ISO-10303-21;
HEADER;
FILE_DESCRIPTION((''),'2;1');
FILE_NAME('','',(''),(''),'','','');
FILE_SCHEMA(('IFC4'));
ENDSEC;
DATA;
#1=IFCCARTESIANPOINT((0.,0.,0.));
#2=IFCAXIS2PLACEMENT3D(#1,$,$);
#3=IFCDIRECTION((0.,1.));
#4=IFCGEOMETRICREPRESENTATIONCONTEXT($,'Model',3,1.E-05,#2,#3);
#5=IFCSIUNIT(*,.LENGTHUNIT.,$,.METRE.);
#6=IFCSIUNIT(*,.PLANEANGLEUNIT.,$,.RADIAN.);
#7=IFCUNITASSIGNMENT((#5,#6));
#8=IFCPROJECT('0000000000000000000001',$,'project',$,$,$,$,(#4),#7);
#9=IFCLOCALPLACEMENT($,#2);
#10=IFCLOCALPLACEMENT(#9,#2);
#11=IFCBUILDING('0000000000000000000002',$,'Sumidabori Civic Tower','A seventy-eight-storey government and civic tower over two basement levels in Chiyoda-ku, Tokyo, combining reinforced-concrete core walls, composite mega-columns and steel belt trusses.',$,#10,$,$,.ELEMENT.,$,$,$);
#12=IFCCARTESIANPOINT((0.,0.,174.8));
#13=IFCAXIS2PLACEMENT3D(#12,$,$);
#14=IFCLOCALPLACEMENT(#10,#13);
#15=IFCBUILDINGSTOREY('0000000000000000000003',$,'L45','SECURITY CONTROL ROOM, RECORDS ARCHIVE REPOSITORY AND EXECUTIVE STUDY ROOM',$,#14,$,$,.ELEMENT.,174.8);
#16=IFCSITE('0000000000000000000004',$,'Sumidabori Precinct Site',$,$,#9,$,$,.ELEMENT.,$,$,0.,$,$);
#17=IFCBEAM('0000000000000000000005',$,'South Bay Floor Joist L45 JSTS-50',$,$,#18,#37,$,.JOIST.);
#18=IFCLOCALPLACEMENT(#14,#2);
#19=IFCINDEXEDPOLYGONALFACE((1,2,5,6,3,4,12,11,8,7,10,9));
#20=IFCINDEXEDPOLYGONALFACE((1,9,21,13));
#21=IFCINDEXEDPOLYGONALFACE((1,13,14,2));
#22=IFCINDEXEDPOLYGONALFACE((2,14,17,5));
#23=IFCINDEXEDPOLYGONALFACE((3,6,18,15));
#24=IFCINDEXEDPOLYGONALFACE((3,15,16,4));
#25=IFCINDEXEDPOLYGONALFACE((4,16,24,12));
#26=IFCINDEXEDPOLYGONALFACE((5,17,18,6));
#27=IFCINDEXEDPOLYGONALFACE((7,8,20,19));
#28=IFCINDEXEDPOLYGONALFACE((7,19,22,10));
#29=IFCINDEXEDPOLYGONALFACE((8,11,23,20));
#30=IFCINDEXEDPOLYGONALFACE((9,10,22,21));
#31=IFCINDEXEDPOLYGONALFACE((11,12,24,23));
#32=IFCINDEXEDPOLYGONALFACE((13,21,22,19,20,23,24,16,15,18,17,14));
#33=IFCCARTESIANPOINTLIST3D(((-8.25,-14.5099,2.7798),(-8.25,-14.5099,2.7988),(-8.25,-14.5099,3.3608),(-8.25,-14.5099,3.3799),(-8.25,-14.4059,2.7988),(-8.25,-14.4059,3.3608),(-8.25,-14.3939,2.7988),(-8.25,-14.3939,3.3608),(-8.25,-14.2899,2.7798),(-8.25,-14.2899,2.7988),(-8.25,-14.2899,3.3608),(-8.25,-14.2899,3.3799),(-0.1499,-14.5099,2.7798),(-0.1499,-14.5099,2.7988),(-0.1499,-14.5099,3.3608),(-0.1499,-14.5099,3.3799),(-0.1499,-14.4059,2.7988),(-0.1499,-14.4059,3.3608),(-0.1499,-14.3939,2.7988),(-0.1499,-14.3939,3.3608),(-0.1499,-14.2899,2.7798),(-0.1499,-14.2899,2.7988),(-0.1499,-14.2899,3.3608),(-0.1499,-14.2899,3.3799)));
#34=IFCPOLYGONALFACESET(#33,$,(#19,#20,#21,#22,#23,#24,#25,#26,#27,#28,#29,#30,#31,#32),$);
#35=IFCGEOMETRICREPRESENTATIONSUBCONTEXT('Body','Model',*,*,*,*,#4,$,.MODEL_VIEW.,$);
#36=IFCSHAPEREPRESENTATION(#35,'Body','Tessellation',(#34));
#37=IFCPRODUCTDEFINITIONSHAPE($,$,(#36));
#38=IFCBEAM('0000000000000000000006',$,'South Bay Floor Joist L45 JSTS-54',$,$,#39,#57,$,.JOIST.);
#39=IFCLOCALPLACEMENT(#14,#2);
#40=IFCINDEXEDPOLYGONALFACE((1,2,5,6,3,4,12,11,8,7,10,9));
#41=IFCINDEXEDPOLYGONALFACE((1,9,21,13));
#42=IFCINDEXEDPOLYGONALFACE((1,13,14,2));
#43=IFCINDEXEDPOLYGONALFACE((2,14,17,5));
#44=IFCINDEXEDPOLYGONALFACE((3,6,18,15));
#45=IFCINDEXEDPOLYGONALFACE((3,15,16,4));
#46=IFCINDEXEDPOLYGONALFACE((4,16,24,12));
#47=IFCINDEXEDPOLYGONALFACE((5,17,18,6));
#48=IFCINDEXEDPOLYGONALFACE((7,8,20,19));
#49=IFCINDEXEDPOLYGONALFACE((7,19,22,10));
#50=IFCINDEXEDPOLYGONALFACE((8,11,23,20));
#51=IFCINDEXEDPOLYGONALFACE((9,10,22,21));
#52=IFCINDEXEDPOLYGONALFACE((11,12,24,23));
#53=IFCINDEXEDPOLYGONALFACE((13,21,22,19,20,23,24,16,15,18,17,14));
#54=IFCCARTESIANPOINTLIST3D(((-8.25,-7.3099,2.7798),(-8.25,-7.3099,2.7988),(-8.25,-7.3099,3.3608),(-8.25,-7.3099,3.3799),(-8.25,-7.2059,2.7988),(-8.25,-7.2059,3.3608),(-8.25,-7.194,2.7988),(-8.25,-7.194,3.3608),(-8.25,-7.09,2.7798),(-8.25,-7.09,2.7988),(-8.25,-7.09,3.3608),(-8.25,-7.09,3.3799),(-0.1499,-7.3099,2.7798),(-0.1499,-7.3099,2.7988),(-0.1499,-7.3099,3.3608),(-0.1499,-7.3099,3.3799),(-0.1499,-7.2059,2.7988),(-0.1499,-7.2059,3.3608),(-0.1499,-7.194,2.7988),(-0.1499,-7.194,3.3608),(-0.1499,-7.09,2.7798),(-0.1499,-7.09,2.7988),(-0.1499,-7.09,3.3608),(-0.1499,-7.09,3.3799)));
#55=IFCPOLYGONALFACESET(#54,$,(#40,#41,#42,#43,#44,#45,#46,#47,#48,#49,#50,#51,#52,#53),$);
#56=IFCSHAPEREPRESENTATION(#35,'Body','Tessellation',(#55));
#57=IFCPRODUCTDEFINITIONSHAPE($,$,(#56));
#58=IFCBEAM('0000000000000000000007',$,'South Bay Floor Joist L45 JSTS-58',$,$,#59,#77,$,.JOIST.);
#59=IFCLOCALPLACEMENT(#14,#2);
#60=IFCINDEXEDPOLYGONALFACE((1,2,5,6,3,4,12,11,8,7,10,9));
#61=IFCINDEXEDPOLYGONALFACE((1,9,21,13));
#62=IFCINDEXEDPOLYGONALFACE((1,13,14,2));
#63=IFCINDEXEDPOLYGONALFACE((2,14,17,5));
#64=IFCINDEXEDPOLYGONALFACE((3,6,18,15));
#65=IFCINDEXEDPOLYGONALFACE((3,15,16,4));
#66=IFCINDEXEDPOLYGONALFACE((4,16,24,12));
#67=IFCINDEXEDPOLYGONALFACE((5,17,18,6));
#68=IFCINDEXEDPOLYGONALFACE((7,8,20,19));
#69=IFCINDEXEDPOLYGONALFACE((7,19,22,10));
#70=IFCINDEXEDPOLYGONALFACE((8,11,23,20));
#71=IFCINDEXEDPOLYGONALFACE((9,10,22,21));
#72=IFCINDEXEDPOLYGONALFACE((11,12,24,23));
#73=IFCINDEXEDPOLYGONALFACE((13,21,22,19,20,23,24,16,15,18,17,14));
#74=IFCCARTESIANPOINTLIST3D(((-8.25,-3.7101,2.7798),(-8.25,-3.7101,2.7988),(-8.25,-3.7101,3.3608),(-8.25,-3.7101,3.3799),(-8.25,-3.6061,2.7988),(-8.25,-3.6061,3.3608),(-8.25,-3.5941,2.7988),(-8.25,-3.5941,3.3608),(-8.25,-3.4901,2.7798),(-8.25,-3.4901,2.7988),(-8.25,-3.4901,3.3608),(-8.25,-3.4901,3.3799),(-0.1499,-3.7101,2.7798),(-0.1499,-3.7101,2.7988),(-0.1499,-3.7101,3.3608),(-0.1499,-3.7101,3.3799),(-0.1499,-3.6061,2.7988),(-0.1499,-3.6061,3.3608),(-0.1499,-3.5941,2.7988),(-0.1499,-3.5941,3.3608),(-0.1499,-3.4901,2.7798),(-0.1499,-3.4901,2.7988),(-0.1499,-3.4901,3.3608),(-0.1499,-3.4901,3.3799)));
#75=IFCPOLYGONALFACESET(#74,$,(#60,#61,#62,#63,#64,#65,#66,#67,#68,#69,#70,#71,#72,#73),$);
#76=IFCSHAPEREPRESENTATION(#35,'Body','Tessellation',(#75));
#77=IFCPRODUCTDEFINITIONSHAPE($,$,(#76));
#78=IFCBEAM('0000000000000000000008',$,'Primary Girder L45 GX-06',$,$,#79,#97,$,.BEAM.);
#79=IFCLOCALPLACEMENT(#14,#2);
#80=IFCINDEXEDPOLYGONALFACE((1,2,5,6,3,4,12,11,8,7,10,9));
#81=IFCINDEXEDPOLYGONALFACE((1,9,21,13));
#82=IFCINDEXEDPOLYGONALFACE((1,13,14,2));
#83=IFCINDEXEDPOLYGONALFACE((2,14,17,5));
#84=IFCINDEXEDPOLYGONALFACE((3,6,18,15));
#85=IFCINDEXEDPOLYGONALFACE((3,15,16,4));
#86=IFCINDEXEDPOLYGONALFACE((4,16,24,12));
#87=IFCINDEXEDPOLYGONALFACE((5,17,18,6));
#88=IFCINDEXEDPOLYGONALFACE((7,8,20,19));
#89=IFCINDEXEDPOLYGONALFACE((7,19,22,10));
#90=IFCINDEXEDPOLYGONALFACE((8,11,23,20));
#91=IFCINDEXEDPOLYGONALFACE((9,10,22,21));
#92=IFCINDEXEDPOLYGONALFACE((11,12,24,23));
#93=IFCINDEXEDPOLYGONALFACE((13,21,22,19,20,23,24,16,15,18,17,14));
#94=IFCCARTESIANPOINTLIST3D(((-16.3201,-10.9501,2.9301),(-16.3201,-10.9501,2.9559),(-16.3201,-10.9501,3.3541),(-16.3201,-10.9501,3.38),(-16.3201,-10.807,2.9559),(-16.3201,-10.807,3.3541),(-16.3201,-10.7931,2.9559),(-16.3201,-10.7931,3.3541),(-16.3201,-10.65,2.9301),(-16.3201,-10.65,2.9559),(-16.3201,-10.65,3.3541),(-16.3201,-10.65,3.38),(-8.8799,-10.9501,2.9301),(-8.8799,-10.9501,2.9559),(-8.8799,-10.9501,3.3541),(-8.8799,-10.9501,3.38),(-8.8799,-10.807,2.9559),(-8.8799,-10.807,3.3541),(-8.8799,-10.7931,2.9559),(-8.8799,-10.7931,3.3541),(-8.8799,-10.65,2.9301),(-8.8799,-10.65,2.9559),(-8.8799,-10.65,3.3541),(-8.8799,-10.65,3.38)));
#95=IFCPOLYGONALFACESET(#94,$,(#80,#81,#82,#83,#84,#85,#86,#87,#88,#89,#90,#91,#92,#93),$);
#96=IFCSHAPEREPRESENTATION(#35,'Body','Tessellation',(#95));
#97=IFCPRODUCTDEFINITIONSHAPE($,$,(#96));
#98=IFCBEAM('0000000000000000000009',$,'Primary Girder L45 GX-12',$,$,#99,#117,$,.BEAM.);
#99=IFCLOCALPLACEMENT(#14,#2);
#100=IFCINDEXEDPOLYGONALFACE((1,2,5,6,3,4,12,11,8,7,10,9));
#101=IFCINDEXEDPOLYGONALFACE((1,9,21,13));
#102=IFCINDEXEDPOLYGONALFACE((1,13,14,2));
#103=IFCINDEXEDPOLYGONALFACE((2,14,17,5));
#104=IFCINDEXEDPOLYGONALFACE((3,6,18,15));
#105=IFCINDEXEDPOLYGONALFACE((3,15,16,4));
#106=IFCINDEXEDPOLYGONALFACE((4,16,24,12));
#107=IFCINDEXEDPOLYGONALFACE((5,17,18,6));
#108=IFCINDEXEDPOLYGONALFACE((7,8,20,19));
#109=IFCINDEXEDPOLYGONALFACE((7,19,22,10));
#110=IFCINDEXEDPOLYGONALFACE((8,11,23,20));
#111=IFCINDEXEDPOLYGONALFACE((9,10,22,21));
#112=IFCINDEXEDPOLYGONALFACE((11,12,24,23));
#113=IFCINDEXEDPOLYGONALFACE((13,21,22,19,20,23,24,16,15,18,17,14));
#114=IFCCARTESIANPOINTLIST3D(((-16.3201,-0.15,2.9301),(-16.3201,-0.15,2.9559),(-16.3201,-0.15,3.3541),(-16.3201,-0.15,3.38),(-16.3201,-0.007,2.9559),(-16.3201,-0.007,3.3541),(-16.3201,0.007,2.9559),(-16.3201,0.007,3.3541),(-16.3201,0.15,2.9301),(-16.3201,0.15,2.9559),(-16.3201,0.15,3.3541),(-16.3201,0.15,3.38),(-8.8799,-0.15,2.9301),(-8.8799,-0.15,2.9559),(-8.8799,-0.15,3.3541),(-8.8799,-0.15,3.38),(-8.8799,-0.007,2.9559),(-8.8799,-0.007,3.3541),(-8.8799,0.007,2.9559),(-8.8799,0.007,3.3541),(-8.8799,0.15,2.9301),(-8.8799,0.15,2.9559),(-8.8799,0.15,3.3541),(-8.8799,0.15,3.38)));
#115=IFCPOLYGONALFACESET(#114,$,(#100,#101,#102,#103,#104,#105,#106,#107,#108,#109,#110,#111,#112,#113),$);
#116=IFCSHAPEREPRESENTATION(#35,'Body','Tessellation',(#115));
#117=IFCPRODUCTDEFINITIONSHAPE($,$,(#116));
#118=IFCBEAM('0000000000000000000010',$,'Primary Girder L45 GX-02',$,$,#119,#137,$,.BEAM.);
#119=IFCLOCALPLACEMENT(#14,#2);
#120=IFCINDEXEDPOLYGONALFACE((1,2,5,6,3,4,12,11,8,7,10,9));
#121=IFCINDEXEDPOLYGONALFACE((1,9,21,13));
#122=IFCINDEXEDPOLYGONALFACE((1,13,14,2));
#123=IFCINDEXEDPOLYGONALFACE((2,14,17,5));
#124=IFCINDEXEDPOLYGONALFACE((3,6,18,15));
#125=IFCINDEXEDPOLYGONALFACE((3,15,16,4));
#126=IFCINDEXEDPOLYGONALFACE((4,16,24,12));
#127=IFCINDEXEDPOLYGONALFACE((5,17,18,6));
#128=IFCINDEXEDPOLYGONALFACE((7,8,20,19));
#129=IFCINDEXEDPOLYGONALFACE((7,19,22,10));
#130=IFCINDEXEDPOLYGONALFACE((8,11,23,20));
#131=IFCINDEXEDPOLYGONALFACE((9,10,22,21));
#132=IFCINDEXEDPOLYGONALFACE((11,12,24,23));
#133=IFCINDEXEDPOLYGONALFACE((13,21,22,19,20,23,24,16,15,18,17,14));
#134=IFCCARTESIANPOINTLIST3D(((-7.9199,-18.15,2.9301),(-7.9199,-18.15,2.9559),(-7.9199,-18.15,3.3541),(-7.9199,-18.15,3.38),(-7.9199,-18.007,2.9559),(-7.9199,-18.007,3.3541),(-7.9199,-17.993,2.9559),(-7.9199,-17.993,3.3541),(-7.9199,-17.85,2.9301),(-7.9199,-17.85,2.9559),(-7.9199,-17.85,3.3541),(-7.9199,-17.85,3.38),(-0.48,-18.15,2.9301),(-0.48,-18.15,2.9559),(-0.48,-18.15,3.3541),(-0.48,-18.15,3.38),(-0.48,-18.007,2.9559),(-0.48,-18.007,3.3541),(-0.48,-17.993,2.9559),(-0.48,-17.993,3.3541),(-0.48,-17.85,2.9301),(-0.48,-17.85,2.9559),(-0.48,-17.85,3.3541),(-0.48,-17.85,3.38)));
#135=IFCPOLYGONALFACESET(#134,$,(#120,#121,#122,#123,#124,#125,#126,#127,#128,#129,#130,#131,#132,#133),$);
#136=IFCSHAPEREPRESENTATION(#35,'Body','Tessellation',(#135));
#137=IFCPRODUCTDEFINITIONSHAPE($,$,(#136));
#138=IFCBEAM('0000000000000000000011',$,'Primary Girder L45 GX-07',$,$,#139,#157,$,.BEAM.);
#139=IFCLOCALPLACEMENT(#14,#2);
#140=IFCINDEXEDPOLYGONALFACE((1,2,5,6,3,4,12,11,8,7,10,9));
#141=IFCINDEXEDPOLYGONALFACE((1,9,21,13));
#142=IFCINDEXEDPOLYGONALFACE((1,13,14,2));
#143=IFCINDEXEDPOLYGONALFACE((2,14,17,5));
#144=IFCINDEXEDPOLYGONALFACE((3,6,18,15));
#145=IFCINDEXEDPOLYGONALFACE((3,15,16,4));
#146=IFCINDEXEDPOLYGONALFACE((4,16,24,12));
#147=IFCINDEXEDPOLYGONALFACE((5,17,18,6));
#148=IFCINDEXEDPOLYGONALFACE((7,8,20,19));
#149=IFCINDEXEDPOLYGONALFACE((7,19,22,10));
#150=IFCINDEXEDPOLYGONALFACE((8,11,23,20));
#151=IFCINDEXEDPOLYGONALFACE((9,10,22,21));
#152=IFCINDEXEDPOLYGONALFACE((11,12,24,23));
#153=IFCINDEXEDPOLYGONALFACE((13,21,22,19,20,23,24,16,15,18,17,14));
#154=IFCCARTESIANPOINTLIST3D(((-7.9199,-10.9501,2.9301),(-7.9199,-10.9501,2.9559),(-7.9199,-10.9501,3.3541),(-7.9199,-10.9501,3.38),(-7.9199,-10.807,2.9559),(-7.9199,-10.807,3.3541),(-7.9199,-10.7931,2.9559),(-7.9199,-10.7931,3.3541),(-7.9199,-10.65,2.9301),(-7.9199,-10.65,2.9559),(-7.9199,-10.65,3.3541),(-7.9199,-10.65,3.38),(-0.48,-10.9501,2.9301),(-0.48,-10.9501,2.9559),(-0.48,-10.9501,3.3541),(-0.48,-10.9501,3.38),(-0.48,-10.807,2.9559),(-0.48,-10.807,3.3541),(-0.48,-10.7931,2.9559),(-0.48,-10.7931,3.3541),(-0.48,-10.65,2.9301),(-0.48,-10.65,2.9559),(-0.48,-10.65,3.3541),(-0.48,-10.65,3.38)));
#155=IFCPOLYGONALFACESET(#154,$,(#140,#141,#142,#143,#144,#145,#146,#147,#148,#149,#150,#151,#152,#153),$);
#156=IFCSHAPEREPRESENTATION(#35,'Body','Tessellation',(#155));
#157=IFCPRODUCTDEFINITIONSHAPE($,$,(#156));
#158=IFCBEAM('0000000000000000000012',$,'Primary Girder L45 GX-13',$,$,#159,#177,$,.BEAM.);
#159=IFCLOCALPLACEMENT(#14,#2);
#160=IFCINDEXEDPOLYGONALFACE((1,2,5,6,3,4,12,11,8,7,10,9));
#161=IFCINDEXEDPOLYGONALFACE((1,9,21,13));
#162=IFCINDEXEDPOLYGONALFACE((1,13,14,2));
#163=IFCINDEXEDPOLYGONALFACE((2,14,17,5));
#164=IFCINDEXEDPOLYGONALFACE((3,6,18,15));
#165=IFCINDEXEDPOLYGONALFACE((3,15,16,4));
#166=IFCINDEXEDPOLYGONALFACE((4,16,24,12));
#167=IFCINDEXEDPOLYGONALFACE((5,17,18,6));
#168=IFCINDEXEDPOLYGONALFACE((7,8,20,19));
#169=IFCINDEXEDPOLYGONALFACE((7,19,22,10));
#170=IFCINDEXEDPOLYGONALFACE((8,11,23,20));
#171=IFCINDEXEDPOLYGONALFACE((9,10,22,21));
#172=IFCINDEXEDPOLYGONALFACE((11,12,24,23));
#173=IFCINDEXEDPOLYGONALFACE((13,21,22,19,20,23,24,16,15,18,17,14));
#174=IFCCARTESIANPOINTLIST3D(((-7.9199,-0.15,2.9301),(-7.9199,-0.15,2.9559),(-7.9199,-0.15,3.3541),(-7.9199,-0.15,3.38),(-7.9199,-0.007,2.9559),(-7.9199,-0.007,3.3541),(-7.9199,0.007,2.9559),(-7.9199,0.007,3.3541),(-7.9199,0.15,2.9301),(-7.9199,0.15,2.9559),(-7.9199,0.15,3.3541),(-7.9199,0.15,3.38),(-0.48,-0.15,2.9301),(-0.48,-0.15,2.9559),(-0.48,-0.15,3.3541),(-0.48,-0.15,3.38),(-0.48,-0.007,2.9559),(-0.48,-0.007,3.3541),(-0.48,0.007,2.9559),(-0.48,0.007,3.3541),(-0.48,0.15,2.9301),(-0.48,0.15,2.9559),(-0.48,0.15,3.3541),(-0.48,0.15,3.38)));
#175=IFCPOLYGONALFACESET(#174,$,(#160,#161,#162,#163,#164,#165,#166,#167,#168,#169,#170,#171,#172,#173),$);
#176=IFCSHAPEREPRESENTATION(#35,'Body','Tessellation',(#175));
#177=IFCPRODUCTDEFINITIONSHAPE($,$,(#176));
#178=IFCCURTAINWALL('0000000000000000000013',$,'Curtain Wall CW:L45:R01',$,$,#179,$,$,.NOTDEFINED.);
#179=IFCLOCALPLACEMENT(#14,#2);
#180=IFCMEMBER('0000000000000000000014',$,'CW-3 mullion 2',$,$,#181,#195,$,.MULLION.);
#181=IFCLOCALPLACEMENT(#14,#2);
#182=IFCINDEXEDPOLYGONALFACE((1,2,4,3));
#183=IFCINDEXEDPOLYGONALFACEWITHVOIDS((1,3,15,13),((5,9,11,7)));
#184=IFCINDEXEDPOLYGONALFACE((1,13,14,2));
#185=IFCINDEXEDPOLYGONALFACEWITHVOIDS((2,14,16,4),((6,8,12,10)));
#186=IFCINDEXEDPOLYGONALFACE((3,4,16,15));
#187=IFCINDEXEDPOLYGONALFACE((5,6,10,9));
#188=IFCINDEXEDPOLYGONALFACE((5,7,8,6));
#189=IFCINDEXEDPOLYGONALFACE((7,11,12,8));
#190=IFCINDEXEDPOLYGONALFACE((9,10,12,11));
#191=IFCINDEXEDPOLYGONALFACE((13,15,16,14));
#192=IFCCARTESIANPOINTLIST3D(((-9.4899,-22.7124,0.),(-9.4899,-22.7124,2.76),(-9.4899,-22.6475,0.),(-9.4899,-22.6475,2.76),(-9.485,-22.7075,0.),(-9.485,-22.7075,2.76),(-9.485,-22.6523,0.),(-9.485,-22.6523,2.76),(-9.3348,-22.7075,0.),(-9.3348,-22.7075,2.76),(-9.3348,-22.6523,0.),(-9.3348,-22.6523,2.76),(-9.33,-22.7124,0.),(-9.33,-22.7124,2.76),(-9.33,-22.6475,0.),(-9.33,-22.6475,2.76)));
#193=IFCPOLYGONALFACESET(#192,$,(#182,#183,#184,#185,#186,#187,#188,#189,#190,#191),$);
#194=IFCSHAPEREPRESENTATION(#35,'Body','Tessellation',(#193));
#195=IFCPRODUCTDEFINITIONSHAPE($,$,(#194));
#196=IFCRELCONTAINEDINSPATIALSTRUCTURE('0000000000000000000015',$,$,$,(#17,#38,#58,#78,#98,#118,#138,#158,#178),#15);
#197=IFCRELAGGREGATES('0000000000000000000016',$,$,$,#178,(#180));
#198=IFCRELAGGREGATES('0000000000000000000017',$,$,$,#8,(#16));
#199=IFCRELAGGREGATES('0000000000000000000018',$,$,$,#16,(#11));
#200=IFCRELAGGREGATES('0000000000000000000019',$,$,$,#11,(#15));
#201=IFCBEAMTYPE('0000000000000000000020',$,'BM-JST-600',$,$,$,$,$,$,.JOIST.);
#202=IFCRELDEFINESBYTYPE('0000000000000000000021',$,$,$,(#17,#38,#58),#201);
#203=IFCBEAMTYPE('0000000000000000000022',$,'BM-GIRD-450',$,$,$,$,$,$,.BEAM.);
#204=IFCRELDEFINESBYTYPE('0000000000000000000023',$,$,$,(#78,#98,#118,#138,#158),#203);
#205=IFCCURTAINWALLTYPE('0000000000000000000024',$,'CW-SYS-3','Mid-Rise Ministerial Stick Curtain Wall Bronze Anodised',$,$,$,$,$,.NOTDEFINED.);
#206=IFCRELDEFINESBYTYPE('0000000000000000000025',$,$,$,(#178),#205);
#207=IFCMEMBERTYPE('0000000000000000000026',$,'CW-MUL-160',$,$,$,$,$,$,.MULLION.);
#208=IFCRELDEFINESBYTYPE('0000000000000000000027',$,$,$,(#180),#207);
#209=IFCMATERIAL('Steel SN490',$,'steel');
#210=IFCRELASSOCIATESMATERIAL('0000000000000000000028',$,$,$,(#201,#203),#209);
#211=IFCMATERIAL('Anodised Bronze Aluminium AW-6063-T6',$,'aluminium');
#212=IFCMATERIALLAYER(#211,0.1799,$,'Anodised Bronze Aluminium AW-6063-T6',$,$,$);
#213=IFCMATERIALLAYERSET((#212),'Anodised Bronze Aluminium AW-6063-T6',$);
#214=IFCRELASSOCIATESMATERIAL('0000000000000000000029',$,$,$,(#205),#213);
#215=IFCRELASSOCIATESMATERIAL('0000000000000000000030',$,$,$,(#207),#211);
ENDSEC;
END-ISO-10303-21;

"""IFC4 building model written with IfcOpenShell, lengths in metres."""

from ifc_helpers import new_model, si_unit, direction, frame, origin, origin_2d, place, context, subcontext, project, spatial, hollow_rectangle, i_section, extrude, source, transform, mapped, material, layer, layer_set, material_profile, profile_set, type_object, element, aggregate, save


model = new_model("IFC4")

# Units and contexts
model_context = context("Model", 3, precision=1e-05, world=origin(), true_north=direction((0.0, 1.0)))
body_context = subcontext(model_context, "Body", "Model", "MODEL_VIEW")
ifc_project = project(units=[si_unit("LENGTHUNIT", "METRE"), si_unit("PLANEANGLEUNIT", "RADIAN")], contexts=[model_context])

# Site, building, storey
site_placement = place(None, origin())
site = spatial("IfcSite", under=ifc_project, at=site_placement, Name="Sumidabori Precinct Site", CompositionType="ELEMENT", RefElevation=0.0)
building_placement = place(site_placement, origin())
building = spatial("IfcBuilding", under=site, at=building_placement, Name="Sumidabori Civic Tower", Description="A seventy-eight-storey government and civic tower over two basement levels in Chiyoda-ku, Tokyo, combining reinforced-concrete core walls, composite mega-columns and steel belt trusses.", CompositionType="ELEMENT")
storey_placement = place(building_placement, frame((0.0, 0.0, 174.8)))
storey = spatial("IfcBuildingStorey", under=building, at=storey_placement, Name="L45", Description="SECURITY CONTROL ROOM, RECORDS ARCHIVE REPOSITORY AND EXECUTIVE STUDY ROOM", CompositionType="ELEMENT", Elevation=174.8)

# Beams
ifc_material_1 = material(Name="Steel SN490", Category="steel")
ifc_material_profile_1 = material_profile(ifc_material_1, i_section(OverallWidth=0.22, OverallDepth=0.6001, WebThickness=0.012, FlangeThickness=0.019, at=origin_2d()), Name="IPE 600")
ifc_profile_set_1 = profile_set([ifc_material_profile_1], Name="Steel SN490")
beam_type_1 = type_object("IfcBeamType", Name="BM-JST-600", PredefinedType="JOIST", material=ifc_profile_set_1)
shared_shape_1 = source(origin(), body_context, "Body", "SweptSolid", [
    extrude(i_section(OverallWidth=0.22, OverallDepth=0.6001, WebThickness=0.012, FlangeThickness=0.019, at=origin_2d()), origin(), (0.0, 0.0, 1.0), 8.1001),
])
for number, where, z_axis, x_axis, name in (
    (1, (-8.25, -14.3999, 3.0798), (1.0, 0.0, 0.0), (0.0, 1.0, 0.0), "South Bay Floor Joist L45 JSTS-50"),
    (2, (-8.25, -7.2, 3.0798), (1.0, 0.0, 0.0), (0.0, 1.0, 0.0), "South Bay Floor Joist L45 JSTS-54"),
    (3, (-8.25, -3.6001, 3.0798), (1.0, 0.0, 0.0), (0.0, 1.0, 0.0), "South Bay Floor Joist L45 JSTS-58"),
):
    element("IfcBeam", number, at=place(storey_placement, frame(where, z_axis=z_axis, x_axis=x_axis)), inside=storey, type_object=beam_type_1, Name=name, PredefinedType="JOIST", context=body_context, shape_type="MappedRepresentation", body=[
        mapped(shared_shape_1, transform((0.0, 0.0, 0.0), x_axis=(1.0, 0.0, 0.0), y_axis=(0.0, 1.0, 0.0), z_axis=(0.0, 0.0, 1.0), scale=1.0)),
    ])
ifc_material_profile_2 = material_profile(ifc_material_1, i_section(OverallWidth=0.3, OverallDepth=0.45, WebThickness=0.0139, FlangeThickness=0.0259, at=origin_2d()), Name="HE 450 B")
ifc_profile_set_2 = profile_set([ifc_material_profile_2], Name="Steel SN490")
beam_type_2 = type_object("IfcBeamType", Name="BM-GIRD-450", PredefinedType="BEAM", material=ifc_profile_set_2)
shared_shape_2 = source(origin(), body_context, "Body", "SweptSolid", [
    extrude(i_section(OverallWidth=0.3, OverallDepth=0.45, WebThickness=0.0139, FlangeThickness=0.0259, at=origin_2d()), origin(), (0.0, 0.0, 1.0), 7.4402),
])
for number, where, z_axis, x_axis, name in (
    (4, (-16.3201, -10.8, 3.155), (1.0, 0.0, 0.0), (0.0, 1.0, 0.0), "Primary Girder L45 GX-06"),
    (5, (-16.3201, 0.0, 3.155), (1.0, 0.0, 0.0), (0.0, 1.0, 0.0), "Primary Girder L45 GX-12"),
):
    element("IfcBeam", number, at=place(storey_placement, frame(where, z_axis=z_axis, x_axis=x_axis)), inside=storey, type_object=beam_type_2, Name=name, PredefinedType="BEAM", context=body_context, shape_type="MappedRepresentation", body=[
        mapped(shared_shape_2, transform((0.0, 0.0, 0.0), x_axis=(1.0, 0.0, 0.0), y_axis=(0.0, 1.0, 0.0), z_axis=(0.0, 0.0, 1.0), scale=1.0)),
    ])
shared_shape_3 = source(origin(), body_context, "Body", "SweptSolid", [
    extrude(i_section(OverallWidth=0.3, OverallDepth=0.45, WebThickness=0.0139, FlangeThickness=0.0259, at=origin_2d()), origin(), (0.0, 0.0, 1.0), 7.4399),
])
for number, where, z_axis, x_axis, name in (
    (6, (-7.9199, -18.0, 3.155), (1.0, 0.0, 0.0), (0.0, 1.0, 0.0), "Primary Girder L45 GX-02"),
    (7, (-7.9199, -10.8, 3.155), (1.0, 0.0, 0.0), (0.0, 1.0, 0.0), "Primary Girder L45 GX-07"),
    (8, (-7.9199, 0.0, 3.155), (1.0, 0.0, 0.0), (0.0, 1.0, 0.0), "Primary Girder L45 GX-13"),
):
    element("IfcBeam", number, at=place(storey_placement, frame(where, z_axis=z_axis, x_axis=x_axis)), inside=storey, type_object=beam_type_2, Name=name, PredefinedType="BEAM", context=body_context, shape_type="MappedRepresentation", body=[
        mapped(shared_shape_3, transform((0.0, 0.0, 0.0), x_axis=(1.0, 0.0, 0.0), y_axis=(0.0, 1.0, 0.0), z_axis=(0.0, 0.0, 1.0), scale=1.0)),
    ])

# Curtain wall, member
ifc_material_2 = material(Name="Anodised Bronze Aluminium AW-6063-T6", Category="aluminium")
ifc_layer_1 = layer(ifc_material_2, 0.1799, Name="Anodised Bronze Aluminium AW-6063-T6")
ifc_layer_set_1 = layer_set([ifc_layer_1], Name="Anodised Bronze Aluminium AW-6063-T6")
curtain_wall_type = type_object("IfcCurtainWallType", Name="CW-SYS-3", Description="Mid-Rise Ministerial Stick Curtain Wall Bronze Anodised", PredefinedType="NOTDEFINED", material=ifc_layer_set_1)
curtain_wall_placement = place(storey_placement, origin())
curtain_wall = element("IfcCurtainWall", 9, at=curtain_wall_placement, inside=storey, type_object=curtain_wall_type, Name="Curtain Wall CW:L45:R01", PredefinedType="NOTDEFINED")
ifc_material_profile_3 = material_profile(ifc_material_2, hollow_rectangle(XDim=0.0649, YDim=0.1599, WallThickness=0.0049, at=origin_2d()), Name="ALU MULLION 160x65")
ifc_profile_set_3 = profile_set([ifc_material_profile_3], Name="Anodised Bronze Aluminium AW-6063-T6")
member_type_1 = type_object("IfcMemberType", Name="CW-MUL-160", PredefinedType="MULLION", material=ifc_profile_set_3)
shared_shape_4 = source(origin(), body_context, "Body", "SweptSolid", [
    extrude(hollow_rectangle(XDim=0.0649, YDim=0.1599, WallThickness=0.0049, at=origin_2d()), origin(), (0.0, 0.0, 1.0), 2.76),
])
member_1_placement = place(storey_placement, frame((-9.4099, -22.6799, 0.0), z_axis=(0.0, 0.0, 1.0), x_axis=(0.0, 1.0, 0.0)))
member_1 = element("IfcMember", 10, at=member_1_placement, type_object=member_type_1, Name="CW-3 mullion 2", PredefinedType="MULLION", context=body_context, shape_type="MappedRepresentation", body=[
    mapped(shared_shape_4, transform((0.0, 0.0, 0.0), x_axis=(1.0, 0.0, 0.0), y_axis=(0.0, 1.0, 0.0), z_axis=(0.0, 0.0, 1.0), scale=1.0)),
])

aggregate(curtain_wall, [member_1])

save(model, "model.ifc")
